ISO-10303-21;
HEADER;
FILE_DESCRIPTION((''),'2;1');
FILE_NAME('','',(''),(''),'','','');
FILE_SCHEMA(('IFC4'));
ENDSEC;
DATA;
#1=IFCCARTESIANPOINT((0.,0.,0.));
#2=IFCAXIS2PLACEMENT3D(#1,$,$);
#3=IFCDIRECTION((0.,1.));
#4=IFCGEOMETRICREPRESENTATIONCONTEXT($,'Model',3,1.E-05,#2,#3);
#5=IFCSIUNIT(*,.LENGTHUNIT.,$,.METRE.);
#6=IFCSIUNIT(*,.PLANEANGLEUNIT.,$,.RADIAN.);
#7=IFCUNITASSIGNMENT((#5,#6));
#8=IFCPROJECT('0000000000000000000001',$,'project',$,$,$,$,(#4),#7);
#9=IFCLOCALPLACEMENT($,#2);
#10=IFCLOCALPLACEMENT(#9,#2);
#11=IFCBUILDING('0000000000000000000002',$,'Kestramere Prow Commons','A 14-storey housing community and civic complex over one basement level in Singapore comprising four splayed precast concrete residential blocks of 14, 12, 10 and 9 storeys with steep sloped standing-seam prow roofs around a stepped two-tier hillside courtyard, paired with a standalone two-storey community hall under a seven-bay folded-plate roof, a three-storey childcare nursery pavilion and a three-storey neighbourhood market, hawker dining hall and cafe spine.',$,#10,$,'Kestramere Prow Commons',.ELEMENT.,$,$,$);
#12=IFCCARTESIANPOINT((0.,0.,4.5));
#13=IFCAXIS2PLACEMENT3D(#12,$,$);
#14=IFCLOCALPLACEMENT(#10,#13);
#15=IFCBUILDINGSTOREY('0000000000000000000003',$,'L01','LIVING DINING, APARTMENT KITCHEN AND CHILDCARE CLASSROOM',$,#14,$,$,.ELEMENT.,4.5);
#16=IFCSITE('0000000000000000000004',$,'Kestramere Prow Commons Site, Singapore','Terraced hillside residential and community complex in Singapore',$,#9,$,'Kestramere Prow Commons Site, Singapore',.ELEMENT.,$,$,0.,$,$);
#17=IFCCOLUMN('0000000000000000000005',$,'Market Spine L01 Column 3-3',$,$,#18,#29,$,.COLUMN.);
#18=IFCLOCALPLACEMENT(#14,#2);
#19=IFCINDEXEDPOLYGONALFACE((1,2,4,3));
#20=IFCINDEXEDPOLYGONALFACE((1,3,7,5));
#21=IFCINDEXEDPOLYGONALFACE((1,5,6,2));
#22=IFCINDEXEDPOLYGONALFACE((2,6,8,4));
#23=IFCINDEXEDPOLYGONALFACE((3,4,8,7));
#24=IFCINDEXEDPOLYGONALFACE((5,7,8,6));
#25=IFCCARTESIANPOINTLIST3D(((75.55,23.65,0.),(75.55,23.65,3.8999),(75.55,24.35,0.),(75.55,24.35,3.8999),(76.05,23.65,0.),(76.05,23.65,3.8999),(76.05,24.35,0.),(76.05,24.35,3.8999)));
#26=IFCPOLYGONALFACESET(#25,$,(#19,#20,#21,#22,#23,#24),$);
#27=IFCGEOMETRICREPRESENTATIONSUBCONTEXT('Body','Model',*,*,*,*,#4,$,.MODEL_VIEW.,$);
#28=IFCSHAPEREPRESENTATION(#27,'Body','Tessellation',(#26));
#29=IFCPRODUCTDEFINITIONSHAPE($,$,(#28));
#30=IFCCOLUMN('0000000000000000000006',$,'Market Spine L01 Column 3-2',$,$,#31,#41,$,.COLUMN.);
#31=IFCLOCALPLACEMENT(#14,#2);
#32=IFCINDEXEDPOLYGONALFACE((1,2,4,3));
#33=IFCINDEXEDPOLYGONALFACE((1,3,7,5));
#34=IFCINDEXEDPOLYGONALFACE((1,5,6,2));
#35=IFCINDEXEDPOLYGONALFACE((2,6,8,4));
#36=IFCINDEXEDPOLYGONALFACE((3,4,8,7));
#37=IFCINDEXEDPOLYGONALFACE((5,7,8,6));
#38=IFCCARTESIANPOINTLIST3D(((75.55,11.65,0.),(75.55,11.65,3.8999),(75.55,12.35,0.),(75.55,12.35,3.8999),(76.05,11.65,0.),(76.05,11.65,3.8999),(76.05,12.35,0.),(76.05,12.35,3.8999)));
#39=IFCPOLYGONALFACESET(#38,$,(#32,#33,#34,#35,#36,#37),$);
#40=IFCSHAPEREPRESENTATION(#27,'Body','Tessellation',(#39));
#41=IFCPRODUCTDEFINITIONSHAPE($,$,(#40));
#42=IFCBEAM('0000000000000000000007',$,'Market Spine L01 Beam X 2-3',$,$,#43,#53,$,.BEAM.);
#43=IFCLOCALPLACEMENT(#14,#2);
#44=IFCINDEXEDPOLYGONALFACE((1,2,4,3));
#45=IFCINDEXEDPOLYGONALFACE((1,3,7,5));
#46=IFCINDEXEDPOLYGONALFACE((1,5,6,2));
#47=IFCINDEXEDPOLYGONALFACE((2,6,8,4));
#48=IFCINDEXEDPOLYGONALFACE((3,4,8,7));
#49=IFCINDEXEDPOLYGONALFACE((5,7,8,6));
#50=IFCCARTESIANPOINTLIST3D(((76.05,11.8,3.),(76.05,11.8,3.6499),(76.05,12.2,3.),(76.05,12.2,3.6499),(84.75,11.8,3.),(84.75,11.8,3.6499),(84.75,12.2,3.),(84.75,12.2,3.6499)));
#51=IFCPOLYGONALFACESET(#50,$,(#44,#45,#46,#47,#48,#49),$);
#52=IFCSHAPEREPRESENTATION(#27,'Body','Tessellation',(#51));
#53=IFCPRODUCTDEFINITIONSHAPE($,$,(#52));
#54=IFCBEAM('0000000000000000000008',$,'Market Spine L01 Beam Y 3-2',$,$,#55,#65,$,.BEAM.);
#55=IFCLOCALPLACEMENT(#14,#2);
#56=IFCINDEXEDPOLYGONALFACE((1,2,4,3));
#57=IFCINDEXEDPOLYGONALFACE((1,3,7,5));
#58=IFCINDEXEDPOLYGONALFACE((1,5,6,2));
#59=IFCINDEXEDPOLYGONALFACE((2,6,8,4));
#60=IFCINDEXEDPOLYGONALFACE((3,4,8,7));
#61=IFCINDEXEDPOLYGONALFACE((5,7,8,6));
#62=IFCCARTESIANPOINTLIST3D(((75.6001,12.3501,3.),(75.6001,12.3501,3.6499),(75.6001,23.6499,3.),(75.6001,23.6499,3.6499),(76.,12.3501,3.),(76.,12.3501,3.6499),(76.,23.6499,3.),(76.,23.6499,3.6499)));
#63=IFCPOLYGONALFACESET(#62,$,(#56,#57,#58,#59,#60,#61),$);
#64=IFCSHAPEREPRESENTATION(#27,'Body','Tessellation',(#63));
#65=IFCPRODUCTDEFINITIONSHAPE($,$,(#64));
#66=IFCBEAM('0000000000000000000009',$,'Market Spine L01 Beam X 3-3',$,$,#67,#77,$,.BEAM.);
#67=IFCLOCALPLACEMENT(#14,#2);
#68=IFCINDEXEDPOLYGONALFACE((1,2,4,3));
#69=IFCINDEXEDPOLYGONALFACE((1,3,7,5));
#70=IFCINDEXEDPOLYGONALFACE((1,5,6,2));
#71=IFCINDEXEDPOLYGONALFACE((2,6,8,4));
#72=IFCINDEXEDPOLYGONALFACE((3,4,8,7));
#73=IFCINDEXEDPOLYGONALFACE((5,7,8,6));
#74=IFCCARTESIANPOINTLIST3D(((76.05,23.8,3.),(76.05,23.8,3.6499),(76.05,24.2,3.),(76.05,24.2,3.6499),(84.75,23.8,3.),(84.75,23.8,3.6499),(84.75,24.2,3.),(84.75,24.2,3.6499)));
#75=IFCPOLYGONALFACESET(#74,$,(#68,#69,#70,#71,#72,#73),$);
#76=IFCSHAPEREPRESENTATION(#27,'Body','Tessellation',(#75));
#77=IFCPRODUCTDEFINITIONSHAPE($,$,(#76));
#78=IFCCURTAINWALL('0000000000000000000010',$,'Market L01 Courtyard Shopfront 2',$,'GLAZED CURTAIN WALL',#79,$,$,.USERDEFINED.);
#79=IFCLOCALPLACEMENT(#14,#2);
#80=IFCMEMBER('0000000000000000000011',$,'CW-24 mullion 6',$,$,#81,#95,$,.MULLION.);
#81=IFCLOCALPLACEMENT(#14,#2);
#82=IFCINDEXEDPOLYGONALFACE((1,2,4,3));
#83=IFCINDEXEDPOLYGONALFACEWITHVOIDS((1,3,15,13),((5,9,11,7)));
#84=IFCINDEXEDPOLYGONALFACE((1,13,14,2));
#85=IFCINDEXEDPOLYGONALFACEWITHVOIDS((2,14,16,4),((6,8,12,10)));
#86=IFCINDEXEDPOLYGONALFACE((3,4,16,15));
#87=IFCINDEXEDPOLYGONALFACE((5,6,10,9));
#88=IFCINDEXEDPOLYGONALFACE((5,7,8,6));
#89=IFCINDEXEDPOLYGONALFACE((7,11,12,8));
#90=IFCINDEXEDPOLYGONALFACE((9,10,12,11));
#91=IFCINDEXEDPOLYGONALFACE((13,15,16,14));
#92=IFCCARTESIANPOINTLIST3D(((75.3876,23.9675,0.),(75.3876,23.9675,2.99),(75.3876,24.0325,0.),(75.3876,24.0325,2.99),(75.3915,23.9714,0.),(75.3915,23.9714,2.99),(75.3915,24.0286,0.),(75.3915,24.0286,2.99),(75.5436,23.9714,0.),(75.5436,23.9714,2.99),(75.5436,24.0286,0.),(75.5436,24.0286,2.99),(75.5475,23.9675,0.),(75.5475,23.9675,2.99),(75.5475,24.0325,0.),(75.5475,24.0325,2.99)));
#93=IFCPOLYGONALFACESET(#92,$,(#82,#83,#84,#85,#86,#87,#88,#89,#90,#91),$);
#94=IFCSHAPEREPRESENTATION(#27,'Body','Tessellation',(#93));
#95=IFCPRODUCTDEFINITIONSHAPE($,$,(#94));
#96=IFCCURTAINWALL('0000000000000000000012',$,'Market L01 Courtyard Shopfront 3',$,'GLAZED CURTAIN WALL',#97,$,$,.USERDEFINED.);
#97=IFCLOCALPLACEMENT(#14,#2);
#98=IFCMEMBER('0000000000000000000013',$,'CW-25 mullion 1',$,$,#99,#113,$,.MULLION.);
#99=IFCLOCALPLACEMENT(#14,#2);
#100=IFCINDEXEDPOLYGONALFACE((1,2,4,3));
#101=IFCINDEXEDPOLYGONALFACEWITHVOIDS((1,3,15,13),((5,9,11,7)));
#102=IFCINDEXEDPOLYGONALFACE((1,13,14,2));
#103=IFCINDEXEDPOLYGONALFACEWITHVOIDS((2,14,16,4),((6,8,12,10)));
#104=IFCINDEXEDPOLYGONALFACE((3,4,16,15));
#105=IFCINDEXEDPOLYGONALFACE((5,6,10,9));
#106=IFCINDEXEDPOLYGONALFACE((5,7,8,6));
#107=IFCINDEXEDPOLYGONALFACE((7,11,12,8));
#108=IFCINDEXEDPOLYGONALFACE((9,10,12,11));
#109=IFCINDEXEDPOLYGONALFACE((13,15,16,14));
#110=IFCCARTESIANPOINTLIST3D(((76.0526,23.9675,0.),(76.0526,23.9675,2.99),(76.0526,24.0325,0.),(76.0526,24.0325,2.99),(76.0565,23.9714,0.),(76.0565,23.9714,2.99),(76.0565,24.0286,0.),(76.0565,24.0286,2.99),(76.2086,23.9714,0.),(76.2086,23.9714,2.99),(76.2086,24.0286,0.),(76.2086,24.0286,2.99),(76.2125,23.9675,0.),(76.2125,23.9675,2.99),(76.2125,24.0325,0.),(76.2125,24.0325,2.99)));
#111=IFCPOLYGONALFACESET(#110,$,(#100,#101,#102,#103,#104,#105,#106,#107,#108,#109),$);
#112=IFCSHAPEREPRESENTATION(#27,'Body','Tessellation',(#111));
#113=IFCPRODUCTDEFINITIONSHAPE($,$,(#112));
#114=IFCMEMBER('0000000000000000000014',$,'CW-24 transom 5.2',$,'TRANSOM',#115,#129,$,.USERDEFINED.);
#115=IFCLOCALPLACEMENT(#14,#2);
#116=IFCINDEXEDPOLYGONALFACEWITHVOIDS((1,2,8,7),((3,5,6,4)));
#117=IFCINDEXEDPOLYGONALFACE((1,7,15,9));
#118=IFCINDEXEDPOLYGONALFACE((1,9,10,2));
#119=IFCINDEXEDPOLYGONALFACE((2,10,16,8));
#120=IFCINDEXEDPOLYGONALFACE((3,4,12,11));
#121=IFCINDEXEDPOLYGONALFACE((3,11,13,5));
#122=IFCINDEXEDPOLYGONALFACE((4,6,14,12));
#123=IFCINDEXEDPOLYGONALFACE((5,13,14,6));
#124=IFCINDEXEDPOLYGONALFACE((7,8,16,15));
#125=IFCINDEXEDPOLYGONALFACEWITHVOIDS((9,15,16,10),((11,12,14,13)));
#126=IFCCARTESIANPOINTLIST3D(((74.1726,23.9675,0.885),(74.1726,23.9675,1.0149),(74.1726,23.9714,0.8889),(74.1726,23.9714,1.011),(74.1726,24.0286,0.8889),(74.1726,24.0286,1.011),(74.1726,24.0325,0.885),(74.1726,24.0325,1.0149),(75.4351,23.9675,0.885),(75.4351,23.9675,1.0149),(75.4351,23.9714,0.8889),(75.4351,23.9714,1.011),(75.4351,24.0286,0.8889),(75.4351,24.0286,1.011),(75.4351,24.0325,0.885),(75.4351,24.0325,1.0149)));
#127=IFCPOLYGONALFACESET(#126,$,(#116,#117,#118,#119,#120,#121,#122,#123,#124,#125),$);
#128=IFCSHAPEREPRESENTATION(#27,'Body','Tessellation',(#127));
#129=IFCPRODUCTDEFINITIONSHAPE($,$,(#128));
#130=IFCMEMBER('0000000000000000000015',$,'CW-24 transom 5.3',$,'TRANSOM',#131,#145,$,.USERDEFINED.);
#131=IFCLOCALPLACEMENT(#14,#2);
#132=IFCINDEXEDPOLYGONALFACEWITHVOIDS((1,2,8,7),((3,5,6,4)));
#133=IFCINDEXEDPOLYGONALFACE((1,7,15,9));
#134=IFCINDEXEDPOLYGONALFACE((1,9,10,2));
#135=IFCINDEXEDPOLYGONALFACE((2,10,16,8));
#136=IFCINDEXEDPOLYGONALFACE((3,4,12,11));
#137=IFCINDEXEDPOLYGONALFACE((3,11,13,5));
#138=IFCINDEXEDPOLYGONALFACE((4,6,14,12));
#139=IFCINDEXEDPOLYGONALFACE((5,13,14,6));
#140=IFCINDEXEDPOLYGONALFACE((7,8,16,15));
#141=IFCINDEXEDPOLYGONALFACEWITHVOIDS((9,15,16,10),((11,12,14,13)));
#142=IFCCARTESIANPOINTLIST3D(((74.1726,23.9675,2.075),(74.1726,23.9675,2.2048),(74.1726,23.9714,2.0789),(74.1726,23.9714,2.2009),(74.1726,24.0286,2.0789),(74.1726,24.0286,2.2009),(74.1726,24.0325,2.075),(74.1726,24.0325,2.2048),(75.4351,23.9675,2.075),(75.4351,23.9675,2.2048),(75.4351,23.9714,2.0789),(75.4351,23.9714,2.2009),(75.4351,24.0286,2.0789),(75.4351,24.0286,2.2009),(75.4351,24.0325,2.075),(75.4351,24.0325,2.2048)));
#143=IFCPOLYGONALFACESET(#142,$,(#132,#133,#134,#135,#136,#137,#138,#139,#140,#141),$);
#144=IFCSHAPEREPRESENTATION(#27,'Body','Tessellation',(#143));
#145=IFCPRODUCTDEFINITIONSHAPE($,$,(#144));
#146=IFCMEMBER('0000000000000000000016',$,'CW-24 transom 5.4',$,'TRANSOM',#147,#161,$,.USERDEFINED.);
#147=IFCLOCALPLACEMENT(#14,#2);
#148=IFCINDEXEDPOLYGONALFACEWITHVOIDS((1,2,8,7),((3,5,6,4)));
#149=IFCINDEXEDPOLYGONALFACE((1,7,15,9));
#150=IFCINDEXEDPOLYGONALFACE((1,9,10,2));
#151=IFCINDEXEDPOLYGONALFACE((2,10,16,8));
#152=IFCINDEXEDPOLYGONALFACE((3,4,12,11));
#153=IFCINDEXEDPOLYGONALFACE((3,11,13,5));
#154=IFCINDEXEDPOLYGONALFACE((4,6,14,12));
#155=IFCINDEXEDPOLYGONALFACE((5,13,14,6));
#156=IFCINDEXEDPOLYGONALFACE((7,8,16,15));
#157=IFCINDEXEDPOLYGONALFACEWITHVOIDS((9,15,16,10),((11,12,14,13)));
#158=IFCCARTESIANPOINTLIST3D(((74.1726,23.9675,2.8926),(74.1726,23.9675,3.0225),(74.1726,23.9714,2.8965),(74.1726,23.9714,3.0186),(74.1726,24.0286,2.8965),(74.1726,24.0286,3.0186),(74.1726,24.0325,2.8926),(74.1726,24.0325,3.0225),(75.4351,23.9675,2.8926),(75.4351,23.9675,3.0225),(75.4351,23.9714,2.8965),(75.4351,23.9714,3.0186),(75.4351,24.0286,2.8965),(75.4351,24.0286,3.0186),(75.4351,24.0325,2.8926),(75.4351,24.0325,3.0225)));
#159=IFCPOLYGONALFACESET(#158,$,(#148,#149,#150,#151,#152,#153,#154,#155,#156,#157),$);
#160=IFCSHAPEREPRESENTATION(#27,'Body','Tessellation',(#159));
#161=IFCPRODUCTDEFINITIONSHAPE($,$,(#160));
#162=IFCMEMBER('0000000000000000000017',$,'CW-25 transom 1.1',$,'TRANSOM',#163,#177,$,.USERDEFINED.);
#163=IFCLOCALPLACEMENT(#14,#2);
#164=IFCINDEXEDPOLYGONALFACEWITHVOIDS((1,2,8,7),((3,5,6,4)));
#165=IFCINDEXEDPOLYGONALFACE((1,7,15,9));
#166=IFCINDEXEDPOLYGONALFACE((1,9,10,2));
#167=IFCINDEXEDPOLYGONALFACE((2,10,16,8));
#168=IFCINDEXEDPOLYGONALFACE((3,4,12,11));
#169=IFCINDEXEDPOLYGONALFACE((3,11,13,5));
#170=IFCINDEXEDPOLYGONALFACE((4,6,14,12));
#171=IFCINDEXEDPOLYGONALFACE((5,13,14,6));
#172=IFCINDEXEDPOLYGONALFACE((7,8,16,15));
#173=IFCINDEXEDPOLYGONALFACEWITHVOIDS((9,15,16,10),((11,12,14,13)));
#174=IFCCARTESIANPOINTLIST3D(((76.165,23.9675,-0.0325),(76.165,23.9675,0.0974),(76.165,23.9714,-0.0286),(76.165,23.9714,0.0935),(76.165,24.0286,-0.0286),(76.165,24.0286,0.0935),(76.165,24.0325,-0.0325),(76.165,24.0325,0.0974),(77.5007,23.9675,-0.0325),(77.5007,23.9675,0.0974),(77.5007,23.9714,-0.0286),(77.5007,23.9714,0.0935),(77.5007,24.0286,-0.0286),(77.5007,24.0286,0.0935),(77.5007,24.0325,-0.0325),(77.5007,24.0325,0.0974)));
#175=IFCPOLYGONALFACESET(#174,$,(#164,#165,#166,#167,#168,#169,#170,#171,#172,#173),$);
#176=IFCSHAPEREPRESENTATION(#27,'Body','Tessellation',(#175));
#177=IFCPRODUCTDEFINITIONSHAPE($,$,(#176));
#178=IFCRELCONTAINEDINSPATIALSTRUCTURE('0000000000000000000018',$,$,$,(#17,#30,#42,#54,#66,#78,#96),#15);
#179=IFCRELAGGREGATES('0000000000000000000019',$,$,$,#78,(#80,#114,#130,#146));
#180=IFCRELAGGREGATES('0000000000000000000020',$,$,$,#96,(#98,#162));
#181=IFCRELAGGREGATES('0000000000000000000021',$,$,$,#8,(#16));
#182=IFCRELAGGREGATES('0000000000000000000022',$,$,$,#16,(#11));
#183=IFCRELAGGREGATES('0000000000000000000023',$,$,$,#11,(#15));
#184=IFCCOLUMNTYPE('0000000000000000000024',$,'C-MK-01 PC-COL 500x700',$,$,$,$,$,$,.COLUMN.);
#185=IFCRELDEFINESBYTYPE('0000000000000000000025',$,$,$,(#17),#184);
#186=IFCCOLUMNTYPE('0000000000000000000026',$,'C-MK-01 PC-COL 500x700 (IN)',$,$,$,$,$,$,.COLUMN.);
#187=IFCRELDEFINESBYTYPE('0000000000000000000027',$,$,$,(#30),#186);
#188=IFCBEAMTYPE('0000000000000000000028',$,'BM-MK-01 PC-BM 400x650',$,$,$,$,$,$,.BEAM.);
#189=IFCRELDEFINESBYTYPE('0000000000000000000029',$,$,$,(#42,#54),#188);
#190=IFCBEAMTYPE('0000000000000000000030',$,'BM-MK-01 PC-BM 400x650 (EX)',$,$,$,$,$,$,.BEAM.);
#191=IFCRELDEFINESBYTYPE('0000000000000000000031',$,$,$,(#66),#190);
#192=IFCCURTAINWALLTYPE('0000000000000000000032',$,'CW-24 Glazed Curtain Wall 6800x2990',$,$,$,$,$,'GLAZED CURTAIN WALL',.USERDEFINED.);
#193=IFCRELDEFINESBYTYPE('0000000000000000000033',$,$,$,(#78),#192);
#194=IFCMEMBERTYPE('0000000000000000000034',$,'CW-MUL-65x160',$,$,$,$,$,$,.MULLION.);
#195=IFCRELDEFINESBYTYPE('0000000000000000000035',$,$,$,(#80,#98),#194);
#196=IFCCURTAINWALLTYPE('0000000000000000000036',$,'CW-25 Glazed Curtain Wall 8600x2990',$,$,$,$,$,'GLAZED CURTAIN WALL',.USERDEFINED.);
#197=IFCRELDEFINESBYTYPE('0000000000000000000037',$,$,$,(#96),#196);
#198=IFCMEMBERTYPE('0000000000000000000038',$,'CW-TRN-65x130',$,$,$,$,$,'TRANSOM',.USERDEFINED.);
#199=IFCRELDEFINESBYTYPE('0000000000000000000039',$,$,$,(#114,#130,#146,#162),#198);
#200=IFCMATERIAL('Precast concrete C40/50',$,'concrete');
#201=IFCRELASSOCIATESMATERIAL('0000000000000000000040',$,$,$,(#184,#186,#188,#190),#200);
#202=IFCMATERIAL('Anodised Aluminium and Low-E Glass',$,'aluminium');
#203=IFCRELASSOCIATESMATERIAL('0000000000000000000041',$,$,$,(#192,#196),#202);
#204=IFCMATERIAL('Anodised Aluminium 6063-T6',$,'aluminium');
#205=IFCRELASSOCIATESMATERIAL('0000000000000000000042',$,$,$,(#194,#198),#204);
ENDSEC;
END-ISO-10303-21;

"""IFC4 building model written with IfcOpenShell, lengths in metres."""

from ifc_helpers import new_model, si_unit, direction, frame, origin, origin_2d, place, context, subcontext, project, spatial, rectangle, hollow_rectangle, extrude, material, material_profile, profile_set, type_object, element, aggregate, save


model = new_model("IFC4")

# Units and contexts
model_context = context("Model", 3, precision=1e-05, world=origin(), true_north=direction((0.0, 1.0)))
body_context = subcontext(model_context, "Body", "Model", "MODEL_VIEW")
ifc_project = project(units=[si_unit("LENGTHUNIT", "METRE"), si_unit("PLANEANGLEUNIT", "RADIAN")], contexts=[model_context])

# Site, building, storey
site_placement = place(None, origin())
site = spatial("IfcSite", under=ifc_project, at=site_placement, Name="Kestramere Prow Commons Site, Singapore", Description="Terraced hillside residential and community complex in Singapore", LongName="Kestramere Prow Commons Site, Singapore", CompositionType="ELEMENT", RefElevation=0.0)
building_placement = place(site_placement, origin())
building = spatial("IfcBuilding", under=site, at=building_placement, Name="Kestramere Prow Commons", Description="A 14-storey housing community and civic complex over one basement level in Singapore comprising four splayed precast concrete residential blocks of 14, 12, 10 and 9 storeys with steep sloped standing-seam prow roofs around a stepped two-tier hillside courtyard, paired with a standalone two-storey community hall under a seven-bay folded-plate roof, a three-storey childcare nursery pavilion and a three-storey neighbourhood market, hawker dining hall and cafe spine.", LongName="Kestramere Prow Commons", CompositionType="ELEMENT")
storey_placement = place(building_placement, frame((0.0, 0.0, 4.5)))
storey = spatial("IfcBuildingStorey", under=building, at=storey_placement, Name="L01", Description="LIVING DINING, APARTMENT KITCHEN AND CHILDCARE CLASSROOM", CompositionType="ELEMENT", Elevation=4.5)

# Columns
ifc_material_1 = material(Name="Precast concrete C40/50", Category="concrete")
ifc_material_profile_1 = material_profile(ifc_material_1, rectangle(XDim=0.5, YDim=0.7, at=origin_2d()), Name="PC-COL 500x700")
ifc_profile_set_1 = profile_set([ifc_material_profile_1], Name="Precast concrete C40/50")
column_type_1 = type_object("IfcColumnType", Name="C-MK-01 PC-COL 500x700", PredefinedType="COLUMN", material=ifc_profile_set_1)
column_1_placement = place(storey_placement, frame((75.8, 24.0, 0.0), z_axis=(0.0, 0.0, 1.0), x_axis=(1.0, 0.0, 0.0)))
element("IfcColumn", 1, at=column_1_placement, inside=storey, type_object=column_type_1, Name="Market Spine L01 Column 3-3", PredefinedType="COLUMN", context=body_context, shape_type="SweptSolid", body=[
    extrude(rectangle(XDim=0.5, YDim=0.7, at=origin_2d()), origin(), (0.0, 0.0, 1.0), 3.8999),
])
ifc_material_profile_2 = material_profile(ifc_material_1, rectangle(XDim=0.5, YDim=0.7, at=origin_2d()), Name="PC-COL 500x700")
ifc_profile_set_2 = profile_set([ifc_material_profile_2], Name="Precast concrete C40/50")
column_type_2 = type_object("IfcColumnType", Name="C-MK-01 PC-COL 500x700 (IN)", PredefinedType="COLUMN", material=ifc_profile_set_2)
column_2_placement = place(storey_placement, frame((75.8, 12.0, 0.0), z_axis=(0.0, 0.0, 1.0), x_axis=(1.0, 0.0, 0.0)))
element("IfcColumn", 2, at=column_2_placement, inside=storey, type_object=column_type_2, Name="Market Spine L01 Column 3-2", PredefinedType="COLUMN", context=body_context, shape_type="SweptSolid", body=[
    extrude(rectangle(XDim=0.5, YDim=0.7, at=origin_2d()), origin(), (0.0, 0.0, 1.0), 3.8999),
])

# Beams
ifc_material_profile_3 = material_profile(ifc_material_1, rectangle(XDim=0.3999, YDim=0.6499, at=origin_2d()), Name="PC-BM 400x650")
ifc_profile_set_3 = profile_set([ifc_material_profile_3], Name="Precast concrete C40/50")
beam_type_1 = type_object("IfcBeamType", Name="BM-MK-01 PC-BM 400x650", PredefinedType="BEAM", material=ifc_profile_set_3)
beam_1_placement = place(storey_placement, frame((76.05, 12.0, 3.325), z_axis=(1.0, 0.0, 0.0), x_axis=(0.0, 1.0, 0.0)))
element("IfcBeam", 3, at=beam_1_placement, inside=storey, type_object=beam_type_1, Name="Market Spine L01 Beam X 2-3", PredefinedType="BEAM", context=body_context, shape_type="SweptSolid", body=[
    extrude(rectangle(XDim=0.3999, YDim=0.6499, at=origin_2d()), origin(), (0.0, 0.0, 1.0), 8.7),
])
beam_2_placement = place(storey_placement, frame((75.8, 12.3501, 3.325), z_axis=(0.0, 1.0, 0.0), x_axis=(-1.0, 0.0, 0.0)))
element("IfcBeam", 4, at=beam_2_placement, inside=storey, type_object=beam_type_1, Name="Market Spine L01 Beam Y 3-2", PredefinedType="BEAM", context=body_context, shape_type="SweptSolid", body=[
    extrude(rectangle(XDim=0.3999, YDim=0.6499, at=origin_2d()), origin(), (0.0, 0.0, 1.0), 11.2998),
])
ifc_material_profile_4 = material_profile(ifc_material_1, rectangle(XDim=0.3999, YDim=0.6499, at=origin_2d()), Name="PC-BM 400x650")
ifc_profile_set_4 = profile_set([ifc_material_profile_4], Name="Precast concrete C40/50")
beam_type_2 = type_object("IfcBeamType", Name="BM-MK-01 PC-BM 400x650 (EX)", PredefinedType="BEAM", material=ifc_profile_set_4)
beam_3_placement = place(storey_placement, frame((76.05, 24.0, 3.325), z_axis=(1.0, 0.0, 0.0), x_axis=(0.0, 1.0, 0.0)))
element("IfcBeam", 5, at=beam_3_placement, inside=storey, type_object=beam_type_2, Name="Market Spine L01 Beam X 3-3", PredefinedType="BEAM", context=body_context, shape_type="SweptSolid", body=[
    extrude(rectangle(XDim=0.3999, YDim=0.6499, at=origin_2d()), origin(), (0.0, 0.0, 1.0), 8.7),
])

# Curtain walls, members
ifc_material_2 = material(Name="Anodised Aluminium and Low-E Glass", Category="aluminium")
curtain_wall_type_1 = type_object("IfcCurtainWallType", Name="CW-24 Glazed Curtain Wall 6800x2990", ElementType="GLAZED CURTAIN WALL", PredefinedType="USERDEFINED", material=ifc_material_2)
curtain_wall_1_placement = place(storey_placement, origin())
curtain_wall_1 = element("IfcCurtainWall", 6, at=curtain_wall_1_placement, inside=storey, type_object=curtain_wall_type_1, Name="Market L01 Courtyard Shopfront 2", ObjectType="GLAZED CURTAIN WALL", PredefinedType="USERDEFINED")
ifc_material_3 = material(Name="Anodised Aluminium 6063-T6", Category="aluminium")
ifc_material_profile_5 = material_profile(ifc_material_3, hollow_rectangle(XDim=0.0649, YDim=0.1599, WallThickness=0.0039, at=origin_2d()), Name="ALU-MUL 65x160")
ifc_profile_set_5 = profile_set([ifc_material_profile_5], Name="Anodised Aluminium 6063-T6")
member_type_1 = type_object("IfcMemberType", Name="CW-MUL-65x160", PredefinedType="MULLION", material=ifc_profile_set_5)
member_1_placement = place(storey_placement, frame((75.4675, 24.0, 0.0), z_axis=(0.0, 0.0, 1.0), x_axis=(0.0, 1.0, 0.0)))
member_1 = element("IfcMember", 7, at=member_1_placement, type_object=member_type_1, Name="CW-24 mullion 6", PredefinedType="MULLION", context=body_context, shape_type="SweptSolid", body=[
    extrude(hollow_rectangle(XDim=0.0649, YDim=0.1599, WallThickness=0.0039, at=origin_2d()), origin(), (0.0, 0.0, 1.0), 2.99),
])
curtain_wall_type_2 = type_object("IfcCurtainWallType", Name="CW-25 Glazed Curtain Wall 8600x2990", ElementType="GLAZED CURTAIN WALL", PredefinedType="USERDEFINED", material=ifc_material_2)
curtain_wall_2_placement = place(storey_placement, origin())
curtain_wall_2 = element("IfcCurtainWall", 8, at=curtain_wall_2_placement, inside=storey, type_object=curtain_wall_type_2, Name="Market L01 Courtyard Shopfront 3", ObjectType="GLAZED CURTAIN WALL", PredefinedType="USERDEFINED")
member_2_placement = place(storey_placement, frame((76.1326, 24.0, 0.0), z_axis=(0.0, 0.0, 1.0), x_axis=(0.0, 1.0, 0.0)))
member_2 = element("IfcMember", 9, at=member_2_placement, type_object=member_type_1, Name="CW-25 mullion 1", PredefinedType="MULLION", context=body_context, shape_type="SweptSolid", body=[
    extrude(hollow_rectangle(XDim=0.0649, YDim=0.1599, WallThickness=0.0039, at=origin_2d()), origin(), (0.0, 0.0, 1.0), 2.99),
])

# Members
ifc_material_profile_6 = material_profile(ifc_material_3, hollow_rectangle(XDim=0.0649, YDim=0.1299, WallThickness=0.0039, at=origin_2d()), Name="ALU-TRN 65x130")
ifc_profile_set_6 = profile_set([ifc_material_profile_6], Name="Anodised Aluminium 6063-T6")
member_type_2 = type_object("IfcMemberType", Name="CW-TRN-65x130", ElementType="TRANSOM", PredefinedType="USERDEFINED", material=ifc_profile_set_6)
member_3_placement = place(storey_placement, frame((74.1726, 24.0, 0.95), z_axis=(1.0, 0.0, 0.0), x_axis=(0.0, 1.0, 0.0)))
member_3 = element("IfcMember", 10, at=member_3_placement, type_object=member_type_2, Name="CW-24 transom 5.2", ObjectType="TRANSOM", PredefinedType="USERDEFINED", context=body_context, shape_type="SweptSolid", body=[
    extrude(hollow_rectangle(XDim=0.0649, YDim=0.1299, WallThickness=0.0039, at=origin_2d()), origin(), (0.0, 0.0, 1.0), 1.2625),
])
member_4_placement = place(storey_placement, frame((74.1726, 24.0, 2.1399), z_axis=(1.0, 0.0, 0.0), x_axis=(0.0, 1.0, 0.0)))
member_4 = element("IfcMember", 11, at=member_4_placement, type_object=member_type_2, Name="CW-24 transom 5.3", ObjectType="TRANSOM", PredefinedType="USERDEFINED", context=body_context, shape_type="SweptSolid", body=[
    extrude(hollow_rectangle(XDim=0.0649, YDim=0.1299, WallThickness=0.0039, at=origin_2d()), origin(), (0.0, 0.0, 1.0), 1.2625),
])
member_5_placement = place(storey_placement, frame((74.1726, 24.0, 2.9575), z_axis=(1.0, 0.0, 0.0), x_axis=(0.0, 1.0, 0.0)))
member_5 = element("IfcMember", 12, at=member_5_placement, type_object=member_type_2, Name="CW-24 transom 5.4", ObjectType="TRANSOM", PredefinedType="USERDEFINED", context=body_context, shape_type="SweptSolid", body=[
    extrude(hollow_rectangle(XDim=0.0649, YDim=0.1299, WallThickness=0.0039, at=origin_2d()), origin(), (0.0, 0.0, 1.0), 1.2625),
])
member_6_placement = place(storey_placement, frame((76.165, 24.0, 0.0325), z_axis=(1.0, 0.0, 0.0), x_axis=(0.0, 1.0, 0.0)))
member_6 = element("IfcMember", 13, at=member_6_placement, type_object=member_type_2, Name="CW-25 transom 1.1", ObjectType="TRANSOM", PredefinedType="USERDEFINED", context=body_context, shape_type="SweptSolid", body=[
    extrude(hollow_rectangle(XDim=0.0649, YDim=0.1299, WallThickness=0.0039, at=origin_2d()), origin(), (0.0, 0.0, 1.0), 1.3357),
])

aggregate(curtain_wall_1, [member_1, member_3, member_4, member_5])
aggregate(curtain_wall_2, [member_2, member_6])

save(model, "model.ifc")
